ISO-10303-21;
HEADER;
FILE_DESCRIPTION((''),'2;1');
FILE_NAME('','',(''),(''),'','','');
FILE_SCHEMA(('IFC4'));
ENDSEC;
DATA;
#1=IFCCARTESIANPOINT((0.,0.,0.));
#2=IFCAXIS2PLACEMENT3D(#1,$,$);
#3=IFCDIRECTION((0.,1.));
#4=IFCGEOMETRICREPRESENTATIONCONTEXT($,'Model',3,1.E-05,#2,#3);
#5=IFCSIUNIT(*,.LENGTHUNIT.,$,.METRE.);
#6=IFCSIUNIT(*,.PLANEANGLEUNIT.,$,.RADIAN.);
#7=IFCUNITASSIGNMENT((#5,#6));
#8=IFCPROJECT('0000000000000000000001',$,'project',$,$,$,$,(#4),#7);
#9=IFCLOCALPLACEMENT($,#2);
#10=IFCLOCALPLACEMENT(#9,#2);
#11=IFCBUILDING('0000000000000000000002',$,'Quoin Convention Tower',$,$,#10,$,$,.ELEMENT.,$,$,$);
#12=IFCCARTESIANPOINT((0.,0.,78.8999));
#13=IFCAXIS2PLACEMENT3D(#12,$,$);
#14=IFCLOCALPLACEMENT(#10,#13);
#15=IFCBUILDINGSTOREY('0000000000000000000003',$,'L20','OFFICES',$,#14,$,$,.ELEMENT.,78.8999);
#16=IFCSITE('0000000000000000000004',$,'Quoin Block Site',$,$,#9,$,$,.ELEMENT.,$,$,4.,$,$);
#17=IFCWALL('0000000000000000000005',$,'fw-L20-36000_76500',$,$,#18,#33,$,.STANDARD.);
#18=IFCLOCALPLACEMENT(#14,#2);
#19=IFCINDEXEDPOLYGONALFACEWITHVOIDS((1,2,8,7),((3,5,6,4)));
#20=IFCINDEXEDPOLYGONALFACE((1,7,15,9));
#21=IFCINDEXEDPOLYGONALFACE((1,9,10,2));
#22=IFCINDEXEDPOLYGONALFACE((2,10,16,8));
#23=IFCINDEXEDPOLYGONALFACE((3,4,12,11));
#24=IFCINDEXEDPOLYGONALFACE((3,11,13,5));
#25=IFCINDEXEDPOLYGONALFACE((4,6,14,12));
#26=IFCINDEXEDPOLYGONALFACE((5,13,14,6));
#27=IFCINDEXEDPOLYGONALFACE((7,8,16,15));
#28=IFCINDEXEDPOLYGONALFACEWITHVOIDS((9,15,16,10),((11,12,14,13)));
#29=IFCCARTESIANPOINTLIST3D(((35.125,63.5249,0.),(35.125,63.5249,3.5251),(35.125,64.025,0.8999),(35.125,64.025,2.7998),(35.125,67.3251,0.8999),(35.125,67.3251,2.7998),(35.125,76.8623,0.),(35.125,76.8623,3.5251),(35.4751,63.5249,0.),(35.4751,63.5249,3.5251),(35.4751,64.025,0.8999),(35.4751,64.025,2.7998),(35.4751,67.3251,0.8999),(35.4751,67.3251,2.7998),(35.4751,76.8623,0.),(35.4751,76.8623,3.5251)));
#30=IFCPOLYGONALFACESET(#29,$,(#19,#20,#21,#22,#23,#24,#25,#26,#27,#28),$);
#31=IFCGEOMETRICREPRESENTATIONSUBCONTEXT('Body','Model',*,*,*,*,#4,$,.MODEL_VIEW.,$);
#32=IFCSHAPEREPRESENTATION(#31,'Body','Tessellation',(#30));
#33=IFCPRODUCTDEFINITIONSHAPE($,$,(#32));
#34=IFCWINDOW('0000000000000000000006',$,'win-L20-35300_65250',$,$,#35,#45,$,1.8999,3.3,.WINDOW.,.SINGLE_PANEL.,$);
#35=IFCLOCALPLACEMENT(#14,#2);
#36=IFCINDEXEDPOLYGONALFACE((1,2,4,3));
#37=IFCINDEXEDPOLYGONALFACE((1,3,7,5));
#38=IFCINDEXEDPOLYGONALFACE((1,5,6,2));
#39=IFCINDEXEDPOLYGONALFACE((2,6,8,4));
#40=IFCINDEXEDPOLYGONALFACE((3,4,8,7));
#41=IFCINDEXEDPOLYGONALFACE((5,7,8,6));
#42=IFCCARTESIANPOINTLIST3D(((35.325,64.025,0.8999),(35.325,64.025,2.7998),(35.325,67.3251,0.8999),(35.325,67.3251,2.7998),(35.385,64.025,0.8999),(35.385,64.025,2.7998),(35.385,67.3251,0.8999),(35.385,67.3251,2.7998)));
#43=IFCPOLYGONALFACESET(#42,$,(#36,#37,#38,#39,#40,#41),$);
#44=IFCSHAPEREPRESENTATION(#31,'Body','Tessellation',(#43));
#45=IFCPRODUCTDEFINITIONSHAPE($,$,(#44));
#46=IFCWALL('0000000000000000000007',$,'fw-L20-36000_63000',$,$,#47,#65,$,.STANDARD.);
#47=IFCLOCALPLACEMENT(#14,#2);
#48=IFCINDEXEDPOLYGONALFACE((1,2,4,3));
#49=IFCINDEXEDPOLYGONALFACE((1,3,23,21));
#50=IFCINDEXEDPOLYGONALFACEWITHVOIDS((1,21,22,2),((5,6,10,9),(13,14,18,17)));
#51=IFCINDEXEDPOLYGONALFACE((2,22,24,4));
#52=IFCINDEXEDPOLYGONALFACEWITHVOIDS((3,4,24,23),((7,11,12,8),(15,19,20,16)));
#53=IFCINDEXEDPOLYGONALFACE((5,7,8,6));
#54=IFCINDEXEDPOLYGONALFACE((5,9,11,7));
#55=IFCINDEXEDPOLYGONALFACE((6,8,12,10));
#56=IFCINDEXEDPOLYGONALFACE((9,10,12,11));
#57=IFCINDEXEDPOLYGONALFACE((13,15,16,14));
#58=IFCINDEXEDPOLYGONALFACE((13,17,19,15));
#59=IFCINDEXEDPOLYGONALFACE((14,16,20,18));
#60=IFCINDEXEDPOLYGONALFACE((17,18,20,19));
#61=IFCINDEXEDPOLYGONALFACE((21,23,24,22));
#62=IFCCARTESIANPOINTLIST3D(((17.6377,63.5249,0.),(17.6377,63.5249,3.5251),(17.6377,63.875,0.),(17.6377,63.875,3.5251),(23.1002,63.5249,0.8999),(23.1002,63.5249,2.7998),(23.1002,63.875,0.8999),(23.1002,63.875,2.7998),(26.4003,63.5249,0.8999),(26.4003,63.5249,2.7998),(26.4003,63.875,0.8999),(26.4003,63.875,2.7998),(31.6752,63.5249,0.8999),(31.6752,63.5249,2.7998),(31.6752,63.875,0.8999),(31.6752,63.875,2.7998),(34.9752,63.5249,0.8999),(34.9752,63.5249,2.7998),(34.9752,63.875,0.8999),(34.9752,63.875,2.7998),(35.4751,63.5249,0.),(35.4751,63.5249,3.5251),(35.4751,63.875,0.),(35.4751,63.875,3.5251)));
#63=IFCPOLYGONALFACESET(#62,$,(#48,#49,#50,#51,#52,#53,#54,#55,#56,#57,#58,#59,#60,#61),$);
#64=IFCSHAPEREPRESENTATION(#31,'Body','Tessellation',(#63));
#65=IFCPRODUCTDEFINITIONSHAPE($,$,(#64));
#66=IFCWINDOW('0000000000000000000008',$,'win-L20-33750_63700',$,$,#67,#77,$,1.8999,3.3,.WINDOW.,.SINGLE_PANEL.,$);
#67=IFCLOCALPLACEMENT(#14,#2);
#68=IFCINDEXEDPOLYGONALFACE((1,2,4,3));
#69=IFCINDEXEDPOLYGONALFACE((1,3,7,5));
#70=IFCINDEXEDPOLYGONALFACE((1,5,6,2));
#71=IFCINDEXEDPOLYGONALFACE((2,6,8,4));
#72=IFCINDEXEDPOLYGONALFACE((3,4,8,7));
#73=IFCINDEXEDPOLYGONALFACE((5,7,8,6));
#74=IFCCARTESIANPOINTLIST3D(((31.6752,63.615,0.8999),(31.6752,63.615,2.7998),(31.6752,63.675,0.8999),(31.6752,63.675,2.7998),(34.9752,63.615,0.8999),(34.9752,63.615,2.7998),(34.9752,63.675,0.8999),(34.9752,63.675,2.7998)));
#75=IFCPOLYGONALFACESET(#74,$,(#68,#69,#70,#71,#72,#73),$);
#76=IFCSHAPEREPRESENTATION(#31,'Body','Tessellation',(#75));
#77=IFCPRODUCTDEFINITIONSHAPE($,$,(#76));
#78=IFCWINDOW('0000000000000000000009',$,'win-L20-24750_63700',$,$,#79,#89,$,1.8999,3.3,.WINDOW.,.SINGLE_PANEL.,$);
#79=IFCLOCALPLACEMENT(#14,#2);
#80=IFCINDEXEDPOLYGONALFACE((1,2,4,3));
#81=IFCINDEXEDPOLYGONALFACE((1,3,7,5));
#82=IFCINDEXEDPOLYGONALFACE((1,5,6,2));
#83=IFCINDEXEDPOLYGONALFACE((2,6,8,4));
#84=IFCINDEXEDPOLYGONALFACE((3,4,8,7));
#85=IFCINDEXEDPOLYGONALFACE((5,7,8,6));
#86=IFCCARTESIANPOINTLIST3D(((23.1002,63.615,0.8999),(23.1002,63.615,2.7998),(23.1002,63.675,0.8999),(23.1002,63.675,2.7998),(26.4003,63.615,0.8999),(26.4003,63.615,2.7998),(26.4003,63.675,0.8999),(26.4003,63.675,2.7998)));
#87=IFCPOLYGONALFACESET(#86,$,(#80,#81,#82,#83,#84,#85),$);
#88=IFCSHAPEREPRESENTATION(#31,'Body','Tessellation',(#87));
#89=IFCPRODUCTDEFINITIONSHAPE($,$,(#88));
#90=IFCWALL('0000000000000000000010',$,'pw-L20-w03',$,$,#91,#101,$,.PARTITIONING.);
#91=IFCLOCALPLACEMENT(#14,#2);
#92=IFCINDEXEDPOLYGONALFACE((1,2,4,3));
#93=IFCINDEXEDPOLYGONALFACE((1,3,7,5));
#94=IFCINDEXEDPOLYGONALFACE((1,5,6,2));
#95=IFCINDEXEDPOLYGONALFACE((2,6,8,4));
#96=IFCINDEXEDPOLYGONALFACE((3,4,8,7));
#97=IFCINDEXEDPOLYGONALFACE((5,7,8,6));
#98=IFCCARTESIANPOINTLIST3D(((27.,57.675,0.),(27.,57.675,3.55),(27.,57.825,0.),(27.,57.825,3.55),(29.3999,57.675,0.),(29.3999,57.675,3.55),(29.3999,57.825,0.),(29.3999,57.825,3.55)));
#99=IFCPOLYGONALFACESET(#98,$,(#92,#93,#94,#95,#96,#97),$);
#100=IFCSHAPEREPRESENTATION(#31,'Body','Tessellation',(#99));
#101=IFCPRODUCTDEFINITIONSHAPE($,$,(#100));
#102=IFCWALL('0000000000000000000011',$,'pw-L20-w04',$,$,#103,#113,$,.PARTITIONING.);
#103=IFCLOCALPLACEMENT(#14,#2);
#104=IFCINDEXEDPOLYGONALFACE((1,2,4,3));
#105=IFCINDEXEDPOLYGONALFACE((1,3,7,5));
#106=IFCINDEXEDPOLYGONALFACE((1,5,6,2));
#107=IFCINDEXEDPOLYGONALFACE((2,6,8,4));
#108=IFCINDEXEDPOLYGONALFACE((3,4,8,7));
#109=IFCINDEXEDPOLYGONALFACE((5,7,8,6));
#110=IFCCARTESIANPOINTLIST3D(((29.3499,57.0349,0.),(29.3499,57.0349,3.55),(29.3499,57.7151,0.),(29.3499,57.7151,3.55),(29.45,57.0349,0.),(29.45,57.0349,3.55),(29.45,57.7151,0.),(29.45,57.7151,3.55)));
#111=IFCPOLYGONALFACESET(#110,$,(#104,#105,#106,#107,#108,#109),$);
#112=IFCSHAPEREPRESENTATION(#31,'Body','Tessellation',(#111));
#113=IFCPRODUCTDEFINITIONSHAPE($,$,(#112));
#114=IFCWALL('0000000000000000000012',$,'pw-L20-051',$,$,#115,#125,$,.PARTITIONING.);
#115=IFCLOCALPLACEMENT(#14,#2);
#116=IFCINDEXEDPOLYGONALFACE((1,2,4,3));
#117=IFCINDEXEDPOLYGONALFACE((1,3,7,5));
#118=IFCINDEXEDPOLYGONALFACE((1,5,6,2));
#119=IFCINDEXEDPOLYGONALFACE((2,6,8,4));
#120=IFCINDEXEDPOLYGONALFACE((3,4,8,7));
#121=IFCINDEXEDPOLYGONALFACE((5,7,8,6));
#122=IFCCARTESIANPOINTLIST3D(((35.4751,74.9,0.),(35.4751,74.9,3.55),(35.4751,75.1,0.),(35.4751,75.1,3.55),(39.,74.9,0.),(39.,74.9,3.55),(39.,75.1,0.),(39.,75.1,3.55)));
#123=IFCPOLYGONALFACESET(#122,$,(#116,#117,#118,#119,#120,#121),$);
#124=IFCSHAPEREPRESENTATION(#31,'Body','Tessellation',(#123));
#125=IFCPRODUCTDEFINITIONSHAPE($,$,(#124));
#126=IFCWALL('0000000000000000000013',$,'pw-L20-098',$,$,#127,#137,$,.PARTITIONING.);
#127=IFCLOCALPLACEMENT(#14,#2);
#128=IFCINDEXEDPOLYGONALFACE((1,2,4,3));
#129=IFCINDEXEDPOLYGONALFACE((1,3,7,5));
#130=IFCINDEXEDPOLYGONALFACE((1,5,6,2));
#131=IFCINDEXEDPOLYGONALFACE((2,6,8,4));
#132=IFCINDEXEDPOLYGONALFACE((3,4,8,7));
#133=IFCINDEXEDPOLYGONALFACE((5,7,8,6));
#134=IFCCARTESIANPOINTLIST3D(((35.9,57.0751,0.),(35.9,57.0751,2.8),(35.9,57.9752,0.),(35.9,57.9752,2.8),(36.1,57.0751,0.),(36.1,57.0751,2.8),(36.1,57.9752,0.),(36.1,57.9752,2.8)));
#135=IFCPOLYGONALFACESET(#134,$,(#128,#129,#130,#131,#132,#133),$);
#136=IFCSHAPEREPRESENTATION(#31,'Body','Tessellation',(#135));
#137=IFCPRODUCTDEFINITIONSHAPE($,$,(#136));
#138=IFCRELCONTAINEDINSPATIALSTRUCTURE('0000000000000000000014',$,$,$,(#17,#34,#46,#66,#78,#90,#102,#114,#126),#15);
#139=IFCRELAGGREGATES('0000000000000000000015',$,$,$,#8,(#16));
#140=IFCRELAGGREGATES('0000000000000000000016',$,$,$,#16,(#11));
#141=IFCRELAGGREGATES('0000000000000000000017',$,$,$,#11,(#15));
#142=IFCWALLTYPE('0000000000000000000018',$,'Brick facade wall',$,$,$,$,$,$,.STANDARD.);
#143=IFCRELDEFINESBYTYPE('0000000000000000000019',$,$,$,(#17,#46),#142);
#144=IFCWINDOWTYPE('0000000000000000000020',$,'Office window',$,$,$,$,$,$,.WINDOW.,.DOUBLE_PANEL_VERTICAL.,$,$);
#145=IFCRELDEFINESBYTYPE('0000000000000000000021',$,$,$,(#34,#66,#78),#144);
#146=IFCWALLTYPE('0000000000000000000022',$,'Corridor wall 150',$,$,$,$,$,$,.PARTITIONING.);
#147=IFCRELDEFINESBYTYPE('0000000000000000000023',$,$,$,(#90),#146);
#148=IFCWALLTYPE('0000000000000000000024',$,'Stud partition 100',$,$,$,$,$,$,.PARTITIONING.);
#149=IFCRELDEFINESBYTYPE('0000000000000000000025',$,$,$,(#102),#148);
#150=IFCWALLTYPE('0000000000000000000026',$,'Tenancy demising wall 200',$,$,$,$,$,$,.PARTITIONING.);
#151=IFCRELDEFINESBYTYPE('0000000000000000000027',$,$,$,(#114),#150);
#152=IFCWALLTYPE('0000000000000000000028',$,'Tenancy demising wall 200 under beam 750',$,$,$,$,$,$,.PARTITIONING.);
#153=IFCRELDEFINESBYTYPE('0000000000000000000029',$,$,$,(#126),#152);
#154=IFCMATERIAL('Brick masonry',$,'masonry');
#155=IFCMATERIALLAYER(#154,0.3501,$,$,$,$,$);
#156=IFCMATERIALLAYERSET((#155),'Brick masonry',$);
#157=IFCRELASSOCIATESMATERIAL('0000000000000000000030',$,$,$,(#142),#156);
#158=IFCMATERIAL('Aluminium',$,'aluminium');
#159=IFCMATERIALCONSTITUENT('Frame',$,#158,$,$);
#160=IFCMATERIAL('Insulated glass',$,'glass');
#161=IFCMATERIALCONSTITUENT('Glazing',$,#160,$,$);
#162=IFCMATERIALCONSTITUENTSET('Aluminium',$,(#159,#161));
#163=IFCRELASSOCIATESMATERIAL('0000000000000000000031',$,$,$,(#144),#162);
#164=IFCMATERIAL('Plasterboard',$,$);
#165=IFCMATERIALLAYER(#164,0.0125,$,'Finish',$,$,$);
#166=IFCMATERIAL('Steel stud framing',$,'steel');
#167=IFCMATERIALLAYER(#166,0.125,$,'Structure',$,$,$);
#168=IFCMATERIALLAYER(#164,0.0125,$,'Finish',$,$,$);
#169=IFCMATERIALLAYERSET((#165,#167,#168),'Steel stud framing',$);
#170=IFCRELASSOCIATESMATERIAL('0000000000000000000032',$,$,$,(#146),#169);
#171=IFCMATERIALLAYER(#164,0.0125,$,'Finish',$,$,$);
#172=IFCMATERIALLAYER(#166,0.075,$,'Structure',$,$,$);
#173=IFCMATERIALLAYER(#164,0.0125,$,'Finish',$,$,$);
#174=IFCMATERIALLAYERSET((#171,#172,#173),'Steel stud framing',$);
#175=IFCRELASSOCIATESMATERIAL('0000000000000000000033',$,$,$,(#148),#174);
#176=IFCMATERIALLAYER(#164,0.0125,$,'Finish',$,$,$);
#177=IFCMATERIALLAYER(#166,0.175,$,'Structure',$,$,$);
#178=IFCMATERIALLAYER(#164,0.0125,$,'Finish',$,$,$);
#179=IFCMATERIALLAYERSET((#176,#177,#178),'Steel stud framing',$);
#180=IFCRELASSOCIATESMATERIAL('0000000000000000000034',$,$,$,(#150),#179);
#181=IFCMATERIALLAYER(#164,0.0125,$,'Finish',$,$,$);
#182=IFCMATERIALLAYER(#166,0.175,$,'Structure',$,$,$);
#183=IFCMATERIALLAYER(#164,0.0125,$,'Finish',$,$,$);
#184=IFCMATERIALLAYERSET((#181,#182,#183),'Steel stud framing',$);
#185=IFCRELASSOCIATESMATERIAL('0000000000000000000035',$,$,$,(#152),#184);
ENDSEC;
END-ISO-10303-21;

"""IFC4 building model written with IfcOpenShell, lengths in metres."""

from ifc_helpers import new_model, si_unit, direction, frame, frame_2d, origin, place, context, subcontext, project, spatial, rectangle, extrude, material, layer, layer_set, constituent, constituent_set, type_object, element, fill, save


model = new_model("IFC4")

# Units and contexts
model_context = context("Model", 3, precision=1e-05, world=origin(), true_north=direction((0.0, 1.0)))
body_context = subcontext(model_context, "Body", "Model", "MODEL_VIEW")
ifc_project = project(units=[si_unit("LENGTHUNIT", "METRE"), si_unit("PLANEANGLEUNIT", "RADIAN")], contexts=[model_context])

# Site, building, storey
site_placement = place(None, origin())
site = spatial("IfcSite", under=ifc_project, at=site_placement, Name="Quoin Block Site", CompositionType="ELEMENT", RefElevation=4.0)
building_placement = place(site_placement, origin())
building = spatial("IfcBuilding", under=site, at=building_placement, Name="Quoin Convention Tower", CompositionType="ELEMENT")
storey_placement = place(building_placement, frame((0.0, 0.0, 78.8999)))
storey = spatial("IfcBuildingStorey", under=building, at=storey_placement, Name="L20", Description="OFFICES", CompositionType="ELEMENT", Elevation=78.8999)

# Wall, opening, window
ifc_material_1 = material(Name="Brick masonry", Category="masonry")
ifc_layer_1 = layer(ifc_material_1, 0.3501)
ifc_layer_set_1 = layer_set([ifc_layer_1], Name="Brick masonry")
wall_type_1 = type_object("IfcWallType", Name="Brick facade wall", PredefinedType="STANDARD", material=ifc_layer_set_1)
wall_1_placement = place(storey_placement, frame((35.3, 76.8623, 0.0), z_axis=(0.0, 0.0, 1.0), x_axis=(0.0, -1.0, 0.0)))
wall_1 = element("IfcWall", 1, at=wall_1_placement, inside=storey, type_object=wall_type_1, Name="fw-L20-36000_76500", PredefinedType="STANDARD", context=body_context, shape_type="SweptSolid", body=[
    extrude(rectangle(XDim=13.3374, YDim=0.3501, at=frame_2d((6.6687, 0.0))), origin(), (0.0, 0.0, 1.0), 3.5251),
])
opening_1_placement = place(wall_1_placement, frame((9.5374, 0.0, 0.8999)))
opening_1 = element("IfcOpeningElement", 2, at=opening_1_placement, cuts=wall_1, PredefinedType="OPENING", context=body_context, shape_type="SweptSolid", body=[
    extrude(rectangle(XDim=3.3, YDim=1.8999, at=frame_2d((1.6499, 0.95))), frame((0.0, 0.1851, 0.0), z_axis=(0.0, -1.0, 0.0), x_axis=(1.0, 0.0, 0.0)), (0.0, 0.0, 1.0), 0.3701),
])
ifc_material_2 = material(Name="Aluminium", Category="aluminium")
ifc_constituent_1 = constituent(ifc_material_2, Name="Frame")
ifc_material_3 = material(Name="Insulated glass", Category="glass")
ifc_constituent_2 = constituent(ifc_material_3, Name="Glazing")
ifc_constituent_set = constituent_set(constituents=[ifc_constituent_1, ifc_constituent_2], Name="Aluminium")
window_type = type_object("IfcWindowType", Name="Office window", PartitioningType="DOUBLE_PANEL_VERTICAL", PredefinedType="WINDOW", material=ifc_constituent_set)
window_1_placement = place(opening_1_placement, origin())
window_1 = element("IfcWindow", 3, at=window_1_placement, inside=storey, type_object=window_type, Name="win-L20-35300_65250", OverallHeight=1.8999, OverallWidth=3.3, PartitioningType="SINGLE_PANEL", PredefinedType="WINDOW", context=body_context, shape_type="SweptSolid", body=[
    extrude(rectangle(XDim=3.3, YDim=1.8999, at=frame_2d((1.6499, 0.95))), frame((0.0, 0.085, 0.0), z_axis=(0.0, -1.0, 0.0), x_axis=(1.0, 0.0, 0.0)), (0.0, 0.0, 1.0), 0.0601),
])
fill(opening_1, window_1)

# Wall, openings, windows
wall_2_placement = place(storey_placement, frame((35.4751, 63.7, 0.0), z_axis=(0.0, 0.0, 1.0), x_axis=(-1.0, 0.0, 0.0)))
wall_2 = element("IfcWall", 4, at=wall_2_placement, inside=storey, type_object=wall_type_1, Name="fw-L20-36000_63000", PredefinedType="STANDARD", context=body_context, shape_type="SweptSolid", body=[
    extrude(rectangle(XDim=17.8374, YDim=0.3501, at=frame_2d((8.9187, 0.0))), origin(), (0.0, 0.0, 1.0), 3.5251),
])
opening_2_placement = place(wall_2_placement, frame((0.5, 0.0, 0.8999)))
opening_2 = element("IfcOpeningElement", 5, at=opening_2_placement, cuts=wall_2, PredefinedType="OPENING", context=body_context, shape_type="SweptSolid", body=[
    extrude(rectangle(XDim=3.3, YDim=1.8999, at=frame_2d((1.6499, 0.95))), frame((0.0, 0.1851, 0.0), z_axis=(0.0, -1.0, 0.0), x_axis=(1.0, 0.0, 0.0)), (0.0, 0.0, 1.0), 0.3701),
])
opening_3_placement = place(wall_2_placement, frame((9.075, 0.0, 0.8999)))
opening_3 = element("IfcOpeningElement", 6, at=opening_3_placement, cuts=wall_2, PredefinedType="OPENING", context=body_context, shape_type="SweptSolid", body=[
    extrude(rectangle(XDim=3.3, YDim=1.8999, at=frame_2d((1.6499, 0.95))), frame((0.0, 0.1851, 0.0), z_axis=(0.0, -1.0, 0.0), x_axis=(1.0, 0.0, 0.0)), (0.0, 0.0, 1.0), 0.3701),
])
window_2_placement = place(opening_2_placement, origin())
window_2 = element("IfcWindow", 7, at=window_2_placement, inside=storey, type_object=window_type, Name="win-L20-33750_63700", OverallHeight=1.8999, OverallWidth=3.3, PartitioningType="SINGLE_PANEL", PredefinedType="WINDOW", context=body_context, shape_type="SweptSolid", body=[
    extrude(rectangle(XDim=3.3, YDim=1.8999, at=frame_2d((1.6499, 0.95))), frame((0.0, 0.085, 0.0), z_axis=(0.0, -1.0, 0.0), x_axis=(1.0, 0.0, 0.0)), (0.0, 0.0, 1.0), 0.0601),
])
fill(opening_2, window_2)
window_3_placement = place(opening_3_placement, origin())
window_3 = element("IfcWindow", 8, at=window_3_placement, inside=storey, type_object=window_type, Name="win-L20-24750_63700", OverallHeight=1.8999, OverallWidth=3.3, PartitioningType="SINGLE_PANEL", PredefinedType="WINDOW", context=body_context, shape_type="SweptSolid", body=[
    extrude(rectangle(XDim=3.3, YDim=1.8999, at=frame_2d((1.6499, 0.95))), frame((0.0, 0.085, 0.0), z_axis=(0.0, -1.0, 0.0), x_axis=(1.0, 0.0, 0.0)), (0.0, 0.0, 1.0), 0.0601),
])
fill(opening_3, window_3)

# Walls
ifc_material_4 = material(Name="Plasterboard")
ifc_layer_2 = layer(ifc_material_4, 0.0125, Name="Finish")
ifc_material_5 = material(Name="Steel stud framing", Category="steel")
ifc_layer_3 = layer(ifc_material_5, 0.125, Name="Structure")
ifc_layer_4 = layer(ifc_material_4, 0.0125, Name="Finish")
ifc_layer_set_2 = layer_set([ifc_layer_2, ifc_layer_3, ifc_layer_4], Name="Steel stud framing")
wall_type_2 = type_object("IfcWallType", Name="Corridor wall 150", PredefinedType="PARTITIONING", material=ifc_layer_set_2)
wall_3_placement = place(storey_placement, frame((27.0, 57.75, 0.0), z_axis=(0.0, 0.0, 1.0), x_axis=(1.0, 0.0, 0.0)))
element("IfcWall", 9, at=wall_3_placement, inside=storey, type_object=wall_type_2, Name="pw-L20-w03", PredefinedType="PARTITIONING", context=body_context, shape_type="SweptSolid", body=[
    extrude(rectangle(XDim=2.3999, YDim=0.1499, at=frame_2d((1.2, 0.0))), origin(), (0.0, 0.0, 1.0), 3.55),
])
ifc_layer_5 = layer(ifc_material_4, 0.0125, Name="Finish")
ifc_layer_6 = layer(ifc_material_5, 0.075, Name="Structure")
ifc_layer_7 = layer(ifc_material_4, 0.0125, Name="Finish")
ifc_layer_set_3 = layer_set([ifc_layer_5, ifc_layer_6, ifc_layer_7], Name="Steel stud framing")
wall_type_3 = type_object("IfcWallType", Name="Stud partition 100", PredefinedType="PARTITIONING", material=ifc_layer_set_3)
wall_4_placement = place(storey_placement, frame((29.3999, 57.7151, 0.0), z_axis=(0.0, 0.0, 1.0), x_axis=(0.0, -1.0, 0.0)))
element("IfcWall", 10, at=wall_4_placement, inside=storey, type_object=wall_type_3, Name="pw-L20-w04", PredefinedType="PARTITIONING", context=body_context, shape_type="SweptSolid", body=[
    extrude(rectangle(XDim=0.6802, YDim=0.1001, at=frame_2d((0.3401, 0.0))), origin(), (0.0, 0.0, 1.0), 3.55),
])
ifc_layer_8 = layer(ifc_material_4, 0.0125, Name="Finish")
ifc_layer_9 = layer(ifc_material_5, 0.175, Name="Structure")
ifc_layer_10 = layer(ifc_material_4, 0.0125, Name="Finish")
ifc_layer_set_4 = layer_set([ifc_layer_8, ifc_layer_9, ifc_layer_10], Name="Steel stud framing")
wall_type_4 = type_object("IfcWallType", Name="Tenancy demising wall 200", PredefinedType="PARTITIONING", material=ifc_layer_set_4)
wall_5_placement = place(storey_placement, frame((35.4751, 75.0, 0.0), z_axis=(0.0, 0.0, 1.0), x_axis=(1.0, 0.0, 0.0)))
element("IfcWall", 11, at=wall_5_placement, inside=storey, type_object=wall_type_4, Name="pw-L20-051", PredefinedType="PARTITIONING", context=body_context, shape_type="SweptSolid", body=[
    extrude(rectangle(XDim=3.5249, YDim=0.2, at=frame_2d((1.7625, 0.0))), origin(), (0.0, 0.0, 1.0), 3.55),
])
ifc_layer_11 = layer(ifc_material_4, 0.0125, Name="Finish")
ifc_layer_12 = layer(ifc_material_5, 0.175, Name="Structure")
ifc_layer_13 = layer(ifc_material_4, 0.0125, Name="Finish")
ifc_layer_set_5 = layer_set([ifc_layer_11, ifc_layer_12, ifc_layer_13], Name="Steel stud framing")
wall_type_5 = type_object("IfcWallType", Name="Tenancy demising wall 200 under beam 750", PredefinedType="PARTITIONING", material=ifc_layer_set_5)
wall_6_placement = place(storey_placement, frame((36.0, 57.075, 0.0), z_axis=(0.0, 0.0, 1.0), x_axis=(0.0, 1.0, 0.0)))
element("IfcWall", 12, at=wall_6_placement, inside=storey, type_object=wall_type_5, Name="pw-L20-098", PredefinedType="PARTITIONING", context=body_context, shape_type="SweptSolid", body=[
    extrude(rectangle(XDim=0.9001, YDim=0.2, at=frame_2d((0.4502, 0.0))), origin(), (0.0, 0.0, 1.0), 2.8),
])

save(model, "model.ifc")
